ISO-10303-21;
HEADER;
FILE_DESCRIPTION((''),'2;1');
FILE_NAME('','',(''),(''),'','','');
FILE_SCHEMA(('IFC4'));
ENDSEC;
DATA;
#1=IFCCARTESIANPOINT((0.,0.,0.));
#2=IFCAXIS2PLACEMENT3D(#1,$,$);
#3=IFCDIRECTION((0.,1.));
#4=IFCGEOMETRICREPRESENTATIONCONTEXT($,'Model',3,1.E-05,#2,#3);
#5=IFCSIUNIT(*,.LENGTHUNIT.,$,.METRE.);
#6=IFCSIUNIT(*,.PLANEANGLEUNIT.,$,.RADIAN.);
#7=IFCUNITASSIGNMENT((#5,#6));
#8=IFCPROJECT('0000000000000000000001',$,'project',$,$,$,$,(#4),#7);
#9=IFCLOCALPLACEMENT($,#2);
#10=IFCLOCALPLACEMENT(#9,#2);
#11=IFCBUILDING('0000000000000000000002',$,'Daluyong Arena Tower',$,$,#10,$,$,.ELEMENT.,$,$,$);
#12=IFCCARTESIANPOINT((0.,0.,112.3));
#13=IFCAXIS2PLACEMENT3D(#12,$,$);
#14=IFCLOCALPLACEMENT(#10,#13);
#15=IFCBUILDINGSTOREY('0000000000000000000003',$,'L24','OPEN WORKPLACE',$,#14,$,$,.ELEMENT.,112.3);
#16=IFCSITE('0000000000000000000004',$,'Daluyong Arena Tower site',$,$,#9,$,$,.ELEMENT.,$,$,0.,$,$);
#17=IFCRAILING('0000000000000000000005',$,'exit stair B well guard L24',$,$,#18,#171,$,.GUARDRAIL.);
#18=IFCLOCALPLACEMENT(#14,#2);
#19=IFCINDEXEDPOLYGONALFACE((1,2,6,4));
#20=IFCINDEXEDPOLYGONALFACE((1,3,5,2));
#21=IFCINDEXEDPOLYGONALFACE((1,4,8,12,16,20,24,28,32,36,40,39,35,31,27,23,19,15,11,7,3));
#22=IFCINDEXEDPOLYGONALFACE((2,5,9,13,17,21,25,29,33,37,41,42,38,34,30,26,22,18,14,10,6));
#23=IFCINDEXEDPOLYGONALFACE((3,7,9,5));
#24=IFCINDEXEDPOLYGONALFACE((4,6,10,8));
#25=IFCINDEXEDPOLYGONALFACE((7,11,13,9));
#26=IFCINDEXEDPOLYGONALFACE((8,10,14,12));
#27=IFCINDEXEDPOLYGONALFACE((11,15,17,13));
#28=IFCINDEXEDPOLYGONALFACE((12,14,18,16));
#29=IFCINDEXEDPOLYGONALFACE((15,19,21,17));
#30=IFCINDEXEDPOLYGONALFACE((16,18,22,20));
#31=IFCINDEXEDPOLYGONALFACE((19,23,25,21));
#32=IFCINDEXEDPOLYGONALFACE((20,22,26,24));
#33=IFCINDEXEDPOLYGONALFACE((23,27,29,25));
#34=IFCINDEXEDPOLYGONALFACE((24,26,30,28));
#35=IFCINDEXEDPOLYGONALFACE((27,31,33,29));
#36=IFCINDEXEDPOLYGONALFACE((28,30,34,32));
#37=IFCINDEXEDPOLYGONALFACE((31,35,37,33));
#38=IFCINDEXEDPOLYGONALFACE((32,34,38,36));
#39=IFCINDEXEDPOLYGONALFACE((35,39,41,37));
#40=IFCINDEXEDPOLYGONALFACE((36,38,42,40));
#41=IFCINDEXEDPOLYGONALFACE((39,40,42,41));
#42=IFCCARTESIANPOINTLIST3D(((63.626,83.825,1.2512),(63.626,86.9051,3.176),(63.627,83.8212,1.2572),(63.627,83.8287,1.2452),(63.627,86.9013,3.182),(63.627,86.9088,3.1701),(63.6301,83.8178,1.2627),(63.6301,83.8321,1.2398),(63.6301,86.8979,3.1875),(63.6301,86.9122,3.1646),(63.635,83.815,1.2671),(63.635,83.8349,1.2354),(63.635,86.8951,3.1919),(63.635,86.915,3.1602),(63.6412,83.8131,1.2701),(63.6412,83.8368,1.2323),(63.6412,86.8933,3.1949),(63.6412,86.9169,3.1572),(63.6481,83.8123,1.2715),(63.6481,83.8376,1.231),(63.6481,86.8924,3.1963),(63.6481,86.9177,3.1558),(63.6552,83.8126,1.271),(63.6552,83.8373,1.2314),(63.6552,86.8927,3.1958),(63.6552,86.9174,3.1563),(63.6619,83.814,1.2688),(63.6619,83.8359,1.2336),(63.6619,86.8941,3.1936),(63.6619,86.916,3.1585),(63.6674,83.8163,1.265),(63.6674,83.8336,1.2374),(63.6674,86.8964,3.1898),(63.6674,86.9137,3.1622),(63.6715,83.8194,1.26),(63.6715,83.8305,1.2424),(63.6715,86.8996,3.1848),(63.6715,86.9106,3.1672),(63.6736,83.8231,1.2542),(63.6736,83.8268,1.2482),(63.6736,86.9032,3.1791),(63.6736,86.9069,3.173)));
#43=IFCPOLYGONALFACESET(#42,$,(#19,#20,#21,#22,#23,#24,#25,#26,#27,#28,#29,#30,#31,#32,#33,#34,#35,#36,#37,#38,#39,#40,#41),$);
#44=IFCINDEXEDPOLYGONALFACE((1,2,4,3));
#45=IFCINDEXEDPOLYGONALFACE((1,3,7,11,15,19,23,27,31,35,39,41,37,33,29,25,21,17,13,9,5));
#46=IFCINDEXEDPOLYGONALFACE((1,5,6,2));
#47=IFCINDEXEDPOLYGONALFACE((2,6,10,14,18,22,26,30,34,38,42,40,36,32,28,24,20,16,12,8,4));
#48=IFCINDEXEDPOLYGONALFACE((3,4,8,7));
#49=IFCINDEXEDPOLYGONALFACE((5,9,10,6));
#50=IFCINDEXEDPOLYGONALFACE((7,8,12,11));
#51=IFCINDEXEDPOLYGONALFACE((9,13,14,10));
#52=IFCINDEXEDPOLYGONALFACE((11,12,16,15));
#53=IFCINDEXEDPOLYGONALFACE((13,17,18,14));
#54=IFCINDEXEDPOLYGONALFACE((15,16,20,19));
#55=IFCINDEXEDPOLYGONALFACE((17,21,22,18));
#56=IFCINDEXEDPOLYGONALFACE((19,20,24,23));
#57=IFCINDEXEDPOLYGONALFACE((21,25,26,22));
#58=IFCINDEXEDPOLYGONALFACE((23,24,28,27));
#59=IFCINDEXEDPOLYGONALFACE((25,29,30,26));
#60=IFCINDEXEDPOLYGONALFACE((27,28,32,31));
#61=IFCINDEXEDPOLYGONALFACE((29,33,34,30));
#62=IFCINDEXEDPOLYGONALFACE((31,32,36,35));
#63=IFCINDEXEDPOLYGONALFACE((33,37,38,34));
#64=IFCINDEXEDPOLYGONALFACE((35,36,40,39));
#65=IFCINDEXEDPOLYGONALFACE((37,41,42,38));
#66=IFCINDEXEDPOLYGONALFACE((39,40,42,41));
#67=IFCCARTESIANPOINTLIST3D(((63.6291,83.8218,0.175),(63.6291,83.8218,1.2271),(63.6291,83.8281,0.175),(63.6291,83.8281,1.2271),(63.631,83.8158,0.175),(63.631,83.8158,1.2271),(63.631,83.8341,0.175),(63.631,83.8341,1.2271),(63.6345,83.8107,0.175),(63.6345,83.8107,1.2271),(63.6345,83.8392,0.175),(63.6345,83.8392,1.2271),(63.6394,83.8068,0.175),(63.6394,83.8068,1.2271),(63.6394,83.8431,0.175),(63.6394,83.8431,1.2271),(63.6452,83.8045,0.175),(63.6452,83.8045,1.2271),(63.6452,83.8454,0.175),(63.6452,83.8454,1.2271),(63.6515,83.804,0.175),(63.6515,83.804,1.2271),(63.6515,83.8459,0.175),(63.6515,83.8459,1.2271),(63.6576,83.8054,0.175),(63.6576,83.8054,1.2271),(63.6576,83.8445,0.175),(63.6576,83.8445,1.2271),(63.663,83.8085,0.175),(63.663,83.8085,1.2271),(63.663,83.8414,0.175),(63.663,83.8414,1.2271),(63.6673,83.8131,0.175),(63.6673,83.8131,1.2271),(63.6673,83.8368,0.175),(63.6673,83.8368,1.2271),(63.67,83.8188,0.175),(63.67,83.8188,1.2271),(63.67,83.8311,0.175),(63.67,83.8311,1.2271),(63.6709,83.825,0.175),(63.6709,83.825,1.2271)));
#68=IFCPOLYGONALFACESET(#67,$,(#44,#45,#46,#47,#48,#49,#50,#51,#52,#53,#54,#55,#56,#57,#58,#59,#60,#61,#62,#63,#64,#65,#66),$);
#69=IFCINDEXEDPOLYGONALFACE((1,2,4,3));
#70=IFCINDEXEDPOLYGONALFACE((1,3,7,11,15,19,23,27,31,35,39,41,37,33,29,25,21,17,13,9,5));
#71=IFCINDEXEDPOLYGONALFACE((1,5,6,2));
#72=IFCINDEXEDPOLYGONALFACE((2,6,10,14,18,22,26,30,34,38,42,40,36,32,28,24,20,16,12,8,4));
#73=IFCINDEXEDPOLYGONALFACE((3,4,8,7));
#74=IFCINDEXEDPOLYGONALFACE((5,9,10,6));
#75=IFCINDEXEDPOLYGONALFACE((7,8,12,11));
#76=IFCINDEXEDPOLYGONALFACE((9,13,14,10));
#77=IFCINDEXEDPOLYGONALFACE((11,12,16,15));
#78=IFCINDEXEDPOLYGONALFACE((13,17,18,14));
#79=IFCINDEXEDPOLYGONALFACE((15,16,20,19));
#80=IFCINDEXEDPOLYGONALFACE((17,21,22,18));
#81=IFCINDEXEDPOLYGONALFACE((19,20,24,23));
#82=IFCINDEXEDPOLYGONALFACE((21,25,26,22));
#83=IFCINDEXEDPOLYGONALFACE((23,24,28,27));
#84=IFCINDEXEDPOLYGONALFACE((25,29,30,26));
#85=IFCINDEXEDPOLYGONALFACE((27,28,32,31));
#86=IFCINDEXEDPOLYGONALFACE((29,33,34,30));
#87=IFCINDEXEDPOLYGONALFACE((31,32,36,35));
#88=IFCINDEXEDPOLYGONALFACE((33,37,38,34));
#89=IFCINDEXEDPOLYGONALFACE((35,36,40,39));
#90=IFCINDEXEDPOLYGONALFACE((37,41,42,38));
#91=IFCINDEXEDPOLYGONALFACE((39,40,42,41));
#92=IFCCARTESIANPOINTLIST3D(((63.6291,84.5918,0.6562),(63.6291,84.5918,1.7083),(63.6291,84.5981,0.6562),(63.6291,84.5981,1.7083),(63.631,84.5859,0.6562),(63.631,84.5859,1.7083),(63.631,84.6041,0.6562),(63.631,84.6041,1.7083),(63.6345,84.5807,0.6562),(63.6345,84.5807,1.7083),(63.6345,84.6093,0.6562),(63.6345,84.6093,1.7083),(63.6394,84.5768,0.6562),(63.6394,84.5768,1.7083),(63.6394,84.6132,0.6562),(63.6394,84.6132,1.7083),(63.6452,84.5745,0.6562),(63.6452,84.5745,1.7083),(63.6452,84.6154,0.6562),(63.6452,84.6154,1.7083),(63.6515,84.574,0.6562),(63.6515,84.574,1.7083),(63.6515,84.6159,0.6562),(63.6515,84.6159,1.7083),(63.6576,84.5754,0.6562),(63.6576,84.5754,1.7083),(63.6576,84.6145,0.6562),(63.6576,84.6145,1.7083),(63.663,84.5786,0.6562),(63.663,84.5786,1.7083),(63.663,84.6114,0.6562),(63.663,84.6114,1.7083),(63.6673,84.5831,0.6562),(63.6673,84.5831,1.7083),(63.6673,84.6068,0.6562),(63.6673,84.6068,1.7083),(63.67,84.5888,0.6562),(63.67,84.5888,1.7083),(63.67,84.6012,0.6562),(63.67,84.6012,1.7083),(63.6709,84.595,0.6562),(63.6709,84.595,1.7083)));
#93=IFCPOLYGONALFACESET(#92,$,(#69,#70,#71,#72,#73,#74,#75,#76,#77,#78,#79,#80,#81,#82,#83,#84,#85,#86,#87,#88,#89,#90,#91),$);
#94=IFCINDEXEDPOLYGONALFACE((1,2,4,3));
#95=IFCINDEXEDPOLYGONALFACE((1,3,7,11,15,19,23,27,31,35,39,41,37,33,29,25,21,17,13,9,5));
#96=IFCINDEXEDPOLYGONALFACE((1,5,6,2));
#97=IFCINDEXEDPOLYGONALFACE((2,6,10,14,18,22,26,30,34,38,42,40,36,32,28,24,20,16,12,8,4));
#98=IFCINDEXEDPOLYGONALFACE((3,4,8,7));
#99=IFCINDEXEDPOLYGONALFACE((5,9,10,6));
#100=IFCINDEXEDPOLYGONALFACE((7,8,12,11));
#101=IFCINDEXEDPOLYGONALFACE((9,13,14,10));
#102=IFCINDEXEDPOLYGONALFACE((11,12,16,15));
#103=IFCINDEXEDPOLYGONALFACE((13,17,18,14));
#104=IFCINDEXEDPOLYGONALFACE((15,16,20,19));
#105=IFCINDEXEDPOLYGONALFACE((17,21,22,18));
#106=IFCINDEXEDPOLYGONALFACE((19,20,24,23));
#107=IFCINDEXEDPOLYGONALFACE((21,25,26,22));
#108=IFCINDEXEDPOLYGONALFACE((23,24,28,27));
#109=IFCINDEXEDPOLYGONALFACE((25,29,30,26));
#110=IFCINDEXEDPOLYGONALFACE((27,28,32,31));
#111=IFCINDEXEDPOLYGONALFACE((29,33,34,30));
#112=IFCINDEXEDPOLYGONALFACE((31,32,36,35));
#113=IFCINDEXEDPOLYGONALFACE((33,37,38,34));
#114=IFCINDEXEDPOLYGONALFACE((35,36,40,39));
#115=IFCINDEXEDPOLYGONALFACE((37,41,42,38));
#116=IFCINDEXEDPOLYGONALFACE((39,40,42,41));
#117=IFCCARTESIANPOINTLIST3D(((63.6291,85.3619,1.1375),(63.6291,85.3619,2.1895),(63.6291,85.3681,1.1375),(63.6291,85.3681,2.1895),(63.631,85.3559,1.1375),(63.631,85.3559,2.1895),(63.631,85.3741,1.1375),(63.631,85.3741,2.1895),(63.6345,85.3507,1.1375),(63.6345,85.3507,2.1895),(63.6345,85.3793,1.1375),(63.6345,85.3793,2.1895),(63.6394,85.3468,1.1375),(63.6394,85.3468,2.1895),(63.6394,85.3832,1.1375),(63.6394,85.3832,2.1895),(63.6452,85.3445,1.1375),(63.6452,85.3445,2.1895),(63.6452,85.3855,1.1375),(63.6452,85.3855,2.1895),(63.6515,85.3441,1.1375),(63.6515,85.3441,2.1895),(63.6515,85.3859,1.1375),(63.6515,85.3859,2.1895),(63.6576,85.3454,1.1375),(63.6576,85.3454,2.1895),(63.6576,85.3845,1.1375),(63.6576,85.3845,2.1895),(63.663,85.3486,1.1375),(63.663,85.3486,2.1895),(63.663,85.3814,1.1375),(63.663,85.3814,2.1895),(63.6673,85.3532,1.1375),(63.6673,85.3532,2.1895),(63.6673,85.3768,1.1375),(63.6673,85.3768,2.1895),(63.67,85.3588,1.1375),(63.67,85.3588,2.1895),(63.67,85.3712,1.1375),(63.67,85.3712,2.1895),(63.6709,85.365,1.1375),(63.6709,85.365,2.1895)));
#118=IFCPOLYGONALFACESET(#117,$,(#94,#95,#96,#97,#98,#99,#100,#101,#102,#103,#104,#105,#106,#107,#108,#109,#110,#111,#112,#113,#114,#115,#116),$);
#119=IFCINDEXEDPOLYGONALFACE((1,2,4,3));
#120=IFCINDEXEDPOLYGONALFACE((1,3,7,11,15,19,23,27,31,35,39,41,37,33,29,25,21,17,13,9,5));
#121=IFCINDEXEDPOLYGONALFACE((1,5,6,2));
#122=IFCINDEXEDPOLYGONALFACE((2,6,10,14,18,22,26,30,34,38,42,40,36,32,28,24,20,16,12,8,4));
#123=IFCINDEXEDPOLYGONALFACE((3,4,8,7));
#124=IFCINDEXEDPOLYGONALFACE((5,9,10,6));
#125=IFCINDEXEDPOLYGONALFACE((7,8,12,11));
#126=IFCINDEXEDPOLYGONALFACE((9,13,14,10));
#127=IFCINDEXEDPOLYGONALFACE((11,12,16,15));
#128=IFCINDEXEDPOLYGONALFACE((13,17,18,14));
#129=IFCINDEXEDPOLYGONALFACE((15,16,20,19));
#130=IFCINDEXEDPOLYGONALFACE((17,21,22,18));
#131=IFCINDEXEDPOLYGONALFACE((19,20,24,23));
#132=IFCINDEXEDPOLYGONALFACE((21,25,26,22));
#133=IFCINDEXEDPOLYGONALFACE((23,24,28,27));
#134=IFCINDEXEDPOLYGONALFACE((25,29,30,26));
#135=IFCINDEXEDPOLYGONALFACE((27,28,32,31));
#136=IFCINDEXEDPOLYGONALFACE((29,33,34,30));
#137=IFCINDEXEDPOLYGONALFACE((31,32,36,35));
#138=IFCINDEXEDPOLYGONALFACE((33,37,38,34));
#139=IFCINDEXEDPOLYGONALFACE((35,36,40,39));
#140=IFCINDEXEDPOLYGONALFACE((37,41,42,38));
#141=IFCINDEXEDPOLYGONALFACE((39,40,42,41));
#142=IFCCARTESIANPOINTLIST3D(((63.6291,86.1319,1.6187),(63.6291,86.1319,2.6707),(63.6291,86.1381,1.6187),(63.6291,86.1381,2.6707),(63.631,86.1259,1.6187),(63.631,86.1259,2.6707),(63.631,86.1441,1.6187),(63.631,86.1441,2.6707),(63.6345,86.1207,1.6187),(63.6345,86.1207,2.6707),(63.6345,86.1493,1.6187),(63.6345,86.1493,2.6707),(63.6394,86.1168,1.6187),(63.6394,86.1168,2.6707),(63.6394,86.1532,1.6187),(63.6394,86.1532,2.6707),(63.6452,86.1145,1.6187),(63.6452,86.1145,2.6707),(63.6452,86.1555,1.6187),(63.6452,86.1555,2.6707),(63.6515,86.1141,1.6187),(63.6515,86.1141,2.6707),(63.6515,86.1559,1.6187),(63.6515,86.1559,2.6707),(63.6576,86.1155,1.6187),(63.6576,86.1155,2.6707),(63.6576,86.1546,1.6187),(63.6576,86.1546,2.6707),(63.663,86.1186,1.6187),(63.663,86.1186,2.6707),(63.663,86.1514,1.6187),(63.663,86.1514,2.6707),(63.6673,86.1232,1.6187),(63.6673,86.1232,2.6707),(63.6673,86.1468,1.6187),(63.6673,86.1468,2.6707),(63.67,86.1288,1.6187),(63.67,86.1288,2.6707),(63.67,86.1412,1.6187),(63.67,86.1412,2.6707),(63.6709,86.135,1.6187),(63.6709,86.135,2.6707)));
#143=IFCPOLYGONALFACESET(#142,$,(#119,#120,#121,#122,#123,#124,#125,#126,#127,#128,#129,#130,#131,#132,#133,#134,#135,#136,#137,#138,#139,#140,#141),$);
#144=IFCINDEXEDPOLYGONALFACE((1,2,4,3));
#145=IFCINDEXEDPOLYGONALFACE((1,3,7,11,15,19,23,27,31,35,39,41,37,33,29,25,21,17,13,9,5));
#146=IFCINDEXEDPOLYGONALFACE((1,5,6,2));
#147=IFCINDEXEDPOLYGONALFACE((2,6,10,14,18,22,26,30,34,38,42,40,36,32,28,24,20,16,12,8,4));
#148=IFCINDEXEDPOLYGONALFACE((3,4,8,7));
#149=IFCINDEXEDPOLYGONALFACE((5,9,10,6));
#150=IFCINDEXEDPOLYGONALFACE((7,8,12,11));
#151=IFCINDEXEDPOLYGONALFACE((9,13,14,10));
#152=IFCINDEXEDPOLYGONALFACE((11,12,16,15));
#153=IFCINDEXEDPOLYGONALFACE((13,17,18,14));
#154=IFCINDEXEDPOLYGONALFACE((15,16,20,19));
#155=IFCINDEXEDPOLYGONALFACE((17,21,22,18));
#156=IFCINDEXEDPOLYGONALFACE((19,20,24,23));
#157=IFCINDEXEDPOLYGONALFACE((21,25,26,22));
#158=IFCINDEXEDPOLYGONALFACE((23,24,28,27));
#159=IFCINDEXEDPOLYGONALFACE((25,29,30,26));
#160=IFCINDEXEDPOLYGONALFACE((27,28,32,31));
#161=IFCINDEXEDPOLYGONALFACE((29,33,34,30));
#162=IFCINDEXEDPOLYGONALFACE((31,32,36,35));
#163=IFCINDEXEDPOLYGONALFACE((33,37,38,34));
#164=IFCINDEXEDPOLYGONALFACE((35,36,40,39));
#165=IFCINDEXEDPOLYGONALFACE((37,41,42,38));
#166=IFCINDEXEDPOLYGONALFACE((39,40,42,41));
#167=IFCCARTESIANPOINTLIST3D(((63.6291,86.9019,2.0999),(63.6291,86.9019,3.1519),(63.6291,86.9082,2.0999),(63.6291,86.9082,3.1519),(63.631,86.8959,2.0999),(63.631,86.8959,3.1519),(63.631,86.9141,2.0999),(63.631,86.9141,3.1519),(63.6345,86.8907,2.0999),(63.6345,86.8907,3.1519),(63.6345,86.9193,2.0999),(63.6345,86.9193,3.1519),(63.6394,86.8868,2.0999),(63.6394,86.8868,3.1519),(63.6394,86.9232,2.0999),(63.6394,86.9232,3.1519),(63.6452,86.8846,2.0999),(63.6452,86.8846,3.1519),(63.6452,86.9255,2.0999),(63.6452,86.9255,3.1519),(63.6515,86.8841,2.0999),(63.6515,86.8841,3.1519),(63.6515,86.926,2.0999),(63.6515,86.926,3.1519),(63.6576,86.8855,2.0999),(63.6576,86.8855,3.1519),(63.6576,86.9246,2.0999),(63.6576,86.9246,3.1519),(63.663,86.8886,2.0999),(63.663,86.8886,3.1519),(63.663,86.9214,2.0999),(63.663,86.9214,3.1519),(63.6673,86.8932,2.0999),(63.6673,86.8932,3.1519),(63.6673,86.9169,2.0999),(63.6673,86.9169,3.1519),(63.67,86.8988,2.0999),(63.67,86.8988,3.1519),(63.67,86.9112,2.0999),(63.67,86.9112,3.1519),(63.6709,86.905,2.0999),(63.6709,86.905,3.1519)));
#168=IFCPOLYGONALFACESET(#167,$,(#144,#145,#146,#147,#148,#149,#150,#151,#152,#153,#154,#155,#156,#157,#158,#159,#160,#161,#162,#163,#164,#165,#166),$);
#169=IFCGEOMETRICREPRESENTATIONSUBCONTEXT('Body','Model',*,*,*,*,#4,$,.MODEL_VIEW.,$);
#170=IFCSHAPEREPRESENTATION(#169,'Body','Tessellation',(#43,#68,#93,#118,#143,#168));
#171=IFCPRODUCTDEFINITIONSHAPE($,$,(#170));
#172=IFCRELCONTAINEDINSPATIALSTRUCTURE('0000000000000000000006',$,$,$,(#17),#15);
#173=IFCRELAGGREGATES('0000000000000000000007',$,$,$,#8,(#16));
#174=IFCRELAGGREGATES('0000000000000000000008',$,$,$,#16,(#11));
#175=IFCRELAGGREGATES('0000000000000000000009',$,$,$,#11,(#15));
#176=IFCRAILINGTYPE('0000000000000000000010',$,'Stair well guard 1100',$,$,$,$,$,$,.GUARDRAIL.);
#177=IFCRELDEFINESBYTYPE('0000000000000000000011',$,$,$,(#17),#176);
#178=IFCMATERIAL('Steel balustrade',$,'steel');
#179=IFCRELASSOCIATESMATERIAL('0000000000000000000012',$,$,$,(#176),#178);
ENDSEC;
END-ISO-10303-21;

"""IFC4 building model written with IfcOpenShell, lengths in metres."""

from ifc_helpers import new_model, si_unit, direction, frame, origin, origin_2d, place, context, subcontext, project, spatial, circle, extrude, material, type_object, element, save


model = new_model("IFC4")

# Units and contexts
model_context = context("Model", 3, precision=1e-05, world=origin(), true_north=direction((0.0, 1.0)))
body_context = subcontext(model_context, "Body", "Model", "MODEL_VIEW")
ifc_project = project(units=[si_unit("LENGTHUNIT", "METRE"), si_unit("PLANEANGLEUNIT", "RADIAN")], contexts=[model_context])

# Site, building, storey
site_placement = place(None, origin())
site = spatial("IfcSite", under=ifc_project, at=site_placement, Name="Daluyong Arena Tower site", CompositionType="ELEMENT", RefElevation=0.0)
building_placement = place(site_placement, origin())
building = spatial("IfcBuilding", under=site, at=building_placement, Name="Daluyong Arena Tower", CompositionType="ELEMENT")
storey_placement = place(building_placement, frame((0.0, 0.0, 112.3)))
storey = spatial("IfcBuildingStorey", under=building, at=storey_placement, Name="L24", Description="OPEN WORKPLACE", CompositionType="ELEMENT", Elevation=112.3)

# Railing
ifc_material_1 = material(Name="Steel balustrade", Category="steel")
railing_type_1 = type_object("IfcRailingType", Name="Stair well guard 1100", PredefinedType="GUARDRAIL", material=ifc_material_1)
railing_1_placement = place(storey_placement, frame((63.6499, 83.825, 0.175)))
element("IfcRailing", 1, at=railing_1_placement, inside=storey, type_object=railing_type_1, Name="exit stair B well guard L24", PredefinedType="GUARDRAIL", context=body_context, shape_type="SweptSolid", body=[
    extrude(circle(Radius=0.0239, at=origin_2d()), frame((0.0, 0.0, 1.0762), z_axis=(0.0, 0.848029, 0.529951), x_axis=(-1.0, 0.0, 0.0)), (0.0, 0.0, 1.0), 3.6321),
    extrude(circle(Radius=0.021, at=origin_2d()), origin(), (0.0, 0.0, 1.0), 1.052),
    extrude(circle(Radius=0.021, at=origin_2d()), frame((0.0, 0.77, 0.4812)), (0.0, 0.0, 1.0), 1.052),
    extrude(circle(Radius=0.021, at=origin_2d()), frame((0.0, 1.54, 0.9624)), (0.0, 0.0, 1.0), 1.052),
    extrude(circle(Radius=0.021, at=origin_2d()), frame((0.0, 2.3101, 1.4436)), (0.0, 0.0, 1.0), 1.052),
    extrude(circle(Radius=0.021, at=origin_2d()), frame((0.0, 3.0801, 1.9248)), (0.0, 0.0, 1.0), 1.052),
])

save(model, "model.ifc")
